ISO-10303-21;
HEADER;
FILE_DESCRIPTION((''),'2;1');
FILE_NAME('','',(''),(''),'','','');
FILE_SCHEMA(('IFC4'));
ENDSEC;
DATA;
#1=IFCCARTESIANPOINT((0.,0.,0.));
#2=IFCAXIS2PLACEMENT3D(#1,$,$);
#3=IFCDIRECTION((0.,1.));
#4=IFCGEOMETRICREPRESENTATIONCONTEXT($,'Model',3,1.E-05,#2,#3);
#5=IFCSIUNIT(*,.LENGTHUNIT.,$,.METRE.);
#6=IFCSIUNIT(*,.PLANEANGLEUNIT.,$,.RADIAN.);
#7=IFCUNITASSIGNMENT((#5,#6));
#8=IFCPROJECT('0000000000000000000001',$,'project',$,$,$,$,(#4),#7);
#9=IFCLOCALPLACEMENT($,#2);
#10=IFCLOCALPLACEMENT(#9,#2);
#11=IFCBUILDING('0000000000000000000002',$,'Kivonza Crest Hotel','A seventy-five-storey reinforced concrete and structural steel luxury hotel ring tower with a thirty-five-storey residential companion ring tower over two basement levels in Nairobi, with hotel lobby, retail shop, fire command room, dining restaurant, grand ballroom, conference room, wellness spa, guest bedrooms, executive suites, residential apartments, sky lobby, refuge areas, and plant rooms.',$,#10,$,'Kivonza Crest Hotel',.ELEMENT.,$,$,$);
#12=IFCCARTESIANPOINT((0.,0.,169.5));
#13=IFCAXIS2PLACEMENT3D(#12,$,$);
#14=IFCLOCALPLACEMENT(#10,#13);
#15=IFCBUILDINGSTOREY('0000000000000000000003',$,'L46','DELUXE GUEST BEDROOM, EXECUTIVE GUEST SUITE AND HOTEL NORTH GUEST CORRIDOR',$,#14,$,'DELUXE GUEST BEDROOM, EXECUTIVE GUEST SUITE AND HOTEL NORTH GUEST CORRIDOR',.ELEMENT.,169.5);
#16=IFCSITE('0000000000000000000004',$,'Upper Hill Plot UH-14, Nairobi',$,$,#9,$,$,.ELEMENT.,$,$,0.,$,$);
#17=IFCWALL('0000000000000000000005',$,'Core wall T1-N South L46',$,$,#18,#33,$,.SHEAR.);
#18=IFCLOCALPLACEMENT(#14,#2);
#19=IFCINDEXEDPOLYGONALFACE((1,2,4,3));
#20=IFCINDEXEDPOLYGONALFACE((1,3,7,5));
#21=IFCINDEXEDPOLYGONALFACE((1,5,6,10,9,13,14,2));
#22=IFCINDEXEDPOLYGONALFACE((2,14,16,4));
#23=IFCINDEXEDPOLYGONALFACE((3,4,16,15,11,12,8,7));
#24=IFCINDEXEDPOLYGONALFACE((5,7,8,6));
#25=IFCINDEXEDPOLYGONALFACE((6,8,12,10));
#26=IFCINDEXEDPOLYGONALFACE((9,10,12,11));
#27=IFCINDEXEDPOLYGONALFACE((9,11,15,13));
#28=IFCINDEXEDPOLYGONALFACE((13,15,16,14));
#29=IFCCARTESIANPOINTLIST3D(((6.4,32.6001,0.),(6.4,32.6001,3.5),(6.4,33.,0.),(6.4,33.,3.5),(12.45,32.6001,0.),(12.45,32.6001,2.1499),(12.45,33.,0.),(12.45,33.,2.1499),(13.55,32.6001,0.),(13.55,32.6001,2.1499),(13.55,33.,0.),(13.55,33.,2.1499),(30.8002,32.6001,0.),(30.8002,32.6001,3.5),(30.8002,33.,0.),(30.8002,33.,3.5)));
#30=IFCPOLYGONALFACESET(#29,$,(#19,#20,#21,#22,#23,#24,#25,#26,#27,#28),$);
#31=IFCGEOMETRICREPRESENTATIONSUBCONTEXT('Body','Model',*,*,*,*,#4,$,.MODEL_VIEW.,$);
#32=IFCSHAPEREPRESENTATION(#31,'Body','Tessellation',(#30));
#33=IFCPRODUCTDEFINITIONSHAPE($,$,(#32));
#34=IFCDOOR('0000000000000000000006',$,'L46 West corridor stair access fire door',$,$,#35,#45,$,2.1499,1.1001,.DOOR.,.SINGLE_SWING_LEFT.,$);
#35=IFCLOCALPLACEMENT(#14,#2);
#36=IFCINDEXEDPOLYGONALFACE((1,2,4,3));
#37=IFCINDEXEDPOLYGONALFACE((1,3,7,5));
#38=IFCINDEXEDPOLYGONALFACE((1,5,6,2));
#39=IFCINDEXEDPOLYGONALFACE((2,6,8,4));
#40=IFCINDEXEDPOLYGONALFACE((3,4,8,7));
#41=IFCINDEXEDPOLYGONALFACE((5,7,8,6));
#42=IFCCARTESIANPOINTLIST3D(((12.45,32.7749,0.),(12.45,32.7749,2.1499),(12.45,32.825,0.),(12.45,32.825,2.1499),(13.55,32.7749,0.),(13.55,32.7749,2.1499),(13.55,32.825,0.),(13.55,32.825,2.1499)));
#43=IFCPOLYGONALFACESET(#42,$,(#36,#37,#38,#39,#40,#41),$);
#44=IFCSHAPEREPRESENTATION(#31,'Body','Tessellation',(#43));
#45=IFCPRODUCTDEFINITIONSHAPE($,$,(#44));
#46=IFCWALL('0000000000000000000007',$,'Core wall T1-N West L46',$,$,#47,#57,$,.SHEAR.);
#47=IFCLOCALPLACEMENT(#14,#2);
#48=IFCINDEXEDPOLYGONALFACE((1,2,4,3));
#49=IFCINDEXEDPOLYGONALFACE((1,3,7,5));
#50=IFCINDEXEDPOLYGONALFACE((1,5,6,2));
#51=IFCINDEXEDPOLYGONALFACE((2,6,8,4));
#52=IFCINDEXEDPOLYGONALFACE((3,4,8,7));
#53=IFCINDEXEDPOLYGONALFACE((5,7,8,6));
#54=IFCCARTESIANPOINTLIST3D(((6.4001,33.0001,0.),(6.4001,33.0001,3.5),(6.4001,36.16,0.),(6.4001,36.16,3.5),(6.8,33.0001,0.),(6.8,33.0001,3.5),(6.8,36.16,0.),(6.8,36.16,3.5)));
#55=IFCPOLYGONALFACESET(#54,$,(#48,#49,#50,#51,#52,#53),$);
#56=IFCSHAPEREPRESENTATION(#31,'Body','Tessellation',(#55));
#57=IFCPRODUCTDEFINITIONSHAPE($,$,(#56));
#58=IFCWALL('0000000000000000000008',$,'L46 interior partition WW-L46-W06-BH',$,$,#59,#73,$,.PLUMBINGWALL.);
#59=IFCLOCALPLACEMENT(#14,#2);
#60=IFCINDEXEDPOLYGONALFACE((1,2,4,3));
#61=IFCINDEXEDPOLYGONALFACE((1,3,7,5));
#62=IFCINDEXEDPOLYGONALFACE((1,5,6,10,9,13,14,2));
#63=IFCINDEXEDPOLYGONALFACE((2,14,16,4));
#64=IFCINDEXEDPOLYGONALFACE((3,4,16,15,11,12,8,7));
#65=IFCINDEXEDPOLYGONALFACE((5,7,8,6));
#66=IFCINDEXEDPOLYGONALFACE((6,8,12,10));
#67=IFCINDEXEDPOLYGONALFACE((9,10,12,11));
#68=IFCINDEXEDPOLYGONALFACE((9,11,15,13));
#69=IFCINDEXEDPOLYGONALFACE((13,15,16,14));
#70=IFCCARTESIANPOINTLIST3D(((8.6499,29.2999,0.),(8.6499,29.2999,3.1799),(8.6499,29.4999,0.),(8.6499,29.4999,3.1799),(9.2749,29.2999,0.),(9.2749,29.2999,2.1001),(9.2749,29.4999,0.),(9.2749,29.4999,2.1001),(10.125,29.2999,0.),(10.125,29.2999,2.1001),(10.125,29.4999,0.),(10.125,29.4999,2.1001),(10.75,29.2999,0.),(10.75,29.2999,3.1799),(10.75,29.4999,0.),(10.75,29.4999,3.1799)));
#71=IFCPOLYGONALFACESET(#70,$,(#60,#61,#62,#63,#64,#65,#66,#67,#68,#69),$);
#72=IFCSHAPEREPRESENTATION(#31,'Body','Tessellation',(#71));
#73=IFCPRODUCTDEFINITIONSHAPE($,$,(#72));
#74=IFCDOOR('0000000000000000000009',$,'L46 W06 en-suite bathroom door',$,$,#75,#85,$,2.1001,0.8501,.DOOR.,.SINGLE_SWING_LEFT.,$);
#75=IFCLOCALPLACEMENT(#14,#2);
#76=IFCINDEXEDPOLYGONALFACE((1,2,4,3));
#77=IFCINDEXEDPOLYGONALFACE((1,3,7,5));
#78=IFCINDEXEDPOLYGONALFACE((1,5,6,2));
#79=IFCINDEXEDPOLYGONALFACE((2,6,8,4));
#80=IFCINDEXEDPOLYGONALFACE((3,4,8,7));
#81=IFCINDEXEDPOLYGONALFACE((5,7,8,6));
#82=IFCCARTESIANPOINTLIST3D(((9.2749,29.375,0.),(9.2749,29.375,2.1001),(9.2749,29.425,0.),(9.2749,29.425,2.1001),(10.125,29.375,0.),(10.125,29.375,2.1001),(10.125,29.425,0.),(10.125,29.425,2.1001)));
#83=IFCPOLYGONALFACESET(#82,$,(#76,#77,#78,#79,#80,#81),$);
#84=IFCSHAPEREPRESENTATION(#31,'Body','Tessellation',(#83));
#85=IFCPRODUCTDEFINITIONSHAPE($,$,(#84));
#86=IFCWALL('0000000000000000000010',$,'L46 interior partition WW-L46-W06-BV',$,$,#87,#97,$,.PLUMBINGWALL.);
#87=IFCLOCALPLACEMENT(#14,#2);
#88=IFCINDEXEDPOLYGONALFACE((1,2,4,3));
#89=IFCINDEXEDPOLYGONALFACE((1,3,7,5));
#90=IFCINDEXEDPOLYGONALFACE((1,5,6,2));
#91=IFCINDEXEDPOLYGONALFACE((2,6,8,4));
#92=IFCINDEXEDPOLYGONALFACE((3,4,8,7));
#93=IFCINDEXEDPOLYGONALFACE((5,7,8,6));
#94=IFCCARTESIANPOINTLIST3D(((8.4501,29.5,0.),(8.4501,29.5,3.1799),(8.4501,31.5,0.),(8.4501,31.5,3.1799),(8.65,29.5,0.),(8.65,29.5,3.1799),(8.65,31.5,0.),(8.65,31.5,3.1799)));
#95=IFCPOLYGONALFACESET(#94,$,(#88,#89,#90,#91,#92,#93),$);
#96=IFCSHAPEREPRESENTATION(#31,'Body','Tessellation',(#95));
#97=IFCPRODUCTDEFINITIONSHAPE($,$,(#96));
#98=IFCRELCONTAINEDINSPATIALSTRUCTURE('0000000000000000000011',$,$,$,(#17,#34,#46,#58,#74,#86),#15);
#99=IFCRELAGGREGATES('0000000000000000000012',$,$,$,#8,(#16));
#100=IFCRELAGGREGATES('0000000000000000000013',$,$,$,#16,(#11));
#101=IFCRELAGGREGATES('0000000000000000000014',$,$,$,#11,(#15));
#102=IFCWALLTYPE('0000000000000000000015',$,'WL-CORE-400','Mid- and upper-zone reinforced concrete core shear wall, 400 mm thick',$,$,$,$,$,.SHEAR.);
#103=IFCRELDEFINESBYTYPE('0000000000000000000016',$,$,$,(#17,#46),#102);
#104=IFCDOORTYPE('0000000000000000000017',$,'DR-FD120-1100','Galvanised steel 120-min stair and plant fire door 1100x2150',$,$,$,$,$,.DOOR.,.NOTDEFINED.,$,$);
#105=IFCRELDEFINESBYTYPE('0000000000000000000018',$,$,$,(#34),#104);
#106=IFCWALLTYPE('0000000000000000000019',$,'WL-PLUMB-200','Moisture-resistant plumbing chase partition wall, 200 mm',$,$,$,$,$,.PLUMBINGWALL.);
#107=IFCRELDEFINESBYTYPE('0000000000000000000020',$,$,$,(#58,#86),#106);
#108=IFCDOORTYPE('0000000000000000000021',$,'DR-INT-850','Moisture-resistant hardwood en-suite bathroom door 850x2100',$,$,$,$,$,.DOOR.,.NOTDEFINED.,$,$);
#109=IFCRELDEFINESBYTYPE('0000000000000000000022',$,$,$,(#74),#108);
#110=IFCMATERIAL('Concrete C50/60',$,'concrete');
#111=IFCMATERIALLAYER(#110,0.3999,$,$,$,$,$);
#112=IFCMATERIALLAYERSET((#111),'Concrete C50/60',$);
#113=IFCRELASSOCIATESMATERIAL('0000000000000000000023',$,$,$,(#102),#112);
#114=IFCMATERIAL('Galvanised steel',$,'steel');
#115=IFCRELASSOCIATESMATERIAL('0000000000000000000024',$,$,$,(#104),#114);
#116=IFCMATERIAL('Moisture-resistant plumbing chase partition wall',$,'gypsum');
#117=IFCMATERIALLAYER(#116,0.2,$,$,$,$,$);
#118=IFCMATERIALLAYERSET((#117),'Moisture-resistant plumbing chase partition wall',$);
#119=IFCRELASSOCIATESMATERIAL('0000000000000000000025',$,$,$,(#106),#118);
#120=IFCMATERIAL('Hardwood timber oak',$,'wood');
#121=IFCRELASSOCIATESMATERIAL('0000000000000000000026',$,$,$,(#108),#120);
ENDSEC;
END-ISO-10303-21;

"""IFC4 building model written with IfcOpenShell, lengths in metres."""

from ifc_helpers import new_model, si_unit, direction, frame, frame_2d, origin, place, context, subcontext, project, spatial, rectangle, extrude, material, layer, layer_set, type_object, element, fill, save


model = new_model("IFC4")

# Units and contexts
model_context = context("Model", 3, precision=1e-05, world=origin(), true_north=direction((0.0, 1.0)))
body_context = subcontext(model_context, "Body", "Model", "MODEL_VIEW")
ifc_project = project(units=[si_unit("LENGTHUNIT", "METRE"), si_unit("PLANEANGLEUNIT", "RADIAN")], contexts=[model_context])

# Site, building, storey
site_placement = place(None, origin())
site = spatial("IfcSite", under=ifc_project, at=site_placement, Name="Upper Hill Plot UH-14, Nairobi", CompositionType="ELEMENT", RefElevation=0.0)
building_placement = place(site_placement, origin())
building = spatial("IfcBuilding", under=site, at=building_placement, Name="Kivonza Crest Hotel", Description="A seventy-five-storey reinforced concrete and structural steel luxury hotel ring tower with a thirty-five-storey residential companion ring tower over two basement levels in Nairobi, with hotel lobby, retail shop, fire command room, dining restaurant, grand ballroom, conference room, wellness spa, guest bedrooms, executive suites, residential apartments, sky lobby, refuge areas, and plant rooms.", LongName="Kivonza Crest Hotel", CompositionType="ELEMENT")
storey_placement = place(building_placement, frame((0.0, 0.0, 169.5)))
storey = spatial("IfcBuildingStorey", under=building, at=storey_placement, Name="L46", Description="DELUXE GUEST BEDROOM, EXECUTIVE GUEST SUITE AND HOTEL NORTH GUEST CORRIDOR", LongName="DELUXE GUEST BEDROOM, EXECUTIVE GUEST SUITE AND HOTEL NORTH GUEST CORRIDOR", CompositionType="ELEMENT", Elevation=169.5)

# Shared definitions
ifc_material_1 = material(Name="Concrete C50/60", Category="concrete")

# Wall, opening, door
ifc_layer_1 = layer(ifc_material_1, 0.3999)
ifc_layer_set_1 = layer_set([ifc_layer_1], Name="Concrete C50/60")
wall_type_1 = type_object("IfcWallType", Name="WL-CORE-400", Description="Mid- and upper-zone reinforced concrete core shear wall, 400 mm thick", PredefinedType="SHEAR", material=ifc_layer_set_1)
wall_1_placement = place(storey_placement, frame((6.3999, 32.8, 0.0), z_axis=(0.0, 0.0, 1.0), x_axis=(1.0, 0.0, 0.0)))
wall_1 = element("IfcWall", 1, at=wall_1_placement, inside=storey, type_object=wall_type_1, Name="Core wall T1-N South L46", PredefinedType="SHEAR", context=body_context, shape_type="SweptSolid", body=[
    extrude(rectangle(XDim=24.4001, YDim=0.3999, at=frame_2d((12.2002, 0.0))), origin(), (0.0, 0.0, 1.0), 3.5),
])
opening_1_placement = place(wall_1_placement, frame((6.05, 0.0, 0.0)))
opening_1 = element("IfcOpeningElement", 2, at=opening_1_placement, cuts=wall_1, PredefinedType="OPENING", context=body_context, shape_type="SweptSolid", body=[
    extrude(rectangle(XDim=1.1001, YDim=2.1499, at=frame_2d((0.55, 1.075))), frame((0.0, 0.21, 0.0), z_axis=(0.0, -1.0, 0.0), x_axis=(1.0, 0.0, 0.0)), (0.0, 0.0, 1.0), 0.4199),
])
ifc_material_2 = material(Name="Galvanised steel", Category="steel")
door_type_1 = type_object("IfcDoorType", Name="DR-FD120-1100", Description="Galvanised steel 120-min stair and plant fire door 1100x2150", OperationType="NOTDEFINED", PredefinedType="DOOR", material=ifc_material_2)
door_1_placement = place(opening_1_placement, origin())
door_1 = element("IfcDoor", 3, at=door_1_placement, inside=storey, type_object=door_type_1, Name="L46 West corridor stair access fire door", OperationType="SINGLE_SWING_LEFT", OverallHeight=2.1499, OverallWidth=1.1001, PredefinedType="DOOR", context=body_context, shape_type="SweptSolid", body=[
    extrude(rectangle(XDim=1.1001, YDim=2.1499, at=frame_2d((0.55, 1.075))), frame((0.0, 0.0249, 0.0), z_axis=(0.0, -1.0, 0.0), x_axis=(1.0, 0.0, 0.0)), (0.0, 0.0, 1.0), 0.05),
])
fill(opening_1, door_1)

# Wall
wall_2_placement = place(storey_placement, frame((6.6001, 33.0, 0.0), z_axis=(0.0, 0.0, 1.0), x_axis=(0.0, 1.0, 0.0)))
element("IfcWall", 4, at=wall_2_placement, inside=storey, type_object=wall_type_1, Name="Core wall T1-N West L46", PredefinedType="SHEAR", context=body_context, shape_type="SweptSolid", body=[
    extrude(rectangle(XDim=3.1599, YDim=0.3999, at=frame_2d((1.5801, 0.0))), origin(), (0.0, 0.0, 1.0), 3.5),
])

# Wall, opening, door
ifc_material_3 = material(Name="Moisture-resistant plumbing chase partition wall", Category="gypsum")
ifc_layer_2 = layer(ifc_material_3, 0.2)
ifc_layer_set_2 = layer_set([ifc_layer_2], Name="Moisture-resistant plumbing chase partition wall")
wall_type_2 = type_object("IfcWallType", Name="WL-PLUMB-200", Description="Moisture-resistant plumbing chase partition wall, 200 mm", PredefinedType="PLUMBINGWALL", material=ifc_layer_set_2)
wall_3_placement = place(storey_placement, frame((8.6499, 29.3999, 0.0), z_axis=(0.0, 0.0, 1.0), x_axis=(1.0, 0.0, 0.0)))
wall_3 = element("IfcWall", 5, at=wall_3_placement, inside=storey, type_object=wall_type_2, Name="L46 interior partition WW-L46-W06-BH", PredefinedType="PLUMBINGWALL", context=body_context, shape_type="SweptSolid", body=[
    extrude(rectangle(XDim=2.1001, YDim=0.2, at=frame_2d((1.05, 0.0))), origin(), (0.0, 0.0, 1.0), 3.1799),
])
opening_2_placement = place(wall_3_placement, frame((0.625, 0.0, 0.0)))
opening_2 = element("IfcOpeningElement", 6, at=opening_2_placement, cuts=wall_3, PredefinedType="OPENING", context=body_context, shape_type="SweptSolid", body=[
    extrude(rectangle(XDim=0.8501, YDim=2.1001, at=frame_2d((0.425, 1.05))), frame((0.0, 0.1099, 0.0), z_axis=(0.0, -1.0, 0.0), x_axis=(1.0, 0.0, 0.0)), (0.0, 0.0, 1.0), 0.22),
])
ifc_material_4 = material(Name="Hardwood timber oak", Category="wood")
door_type_2 = type_object("IfcDoorType", Name="DR-INT-850", Description="Moisture-resistant hardwood en-suite bathroom door 850x2100", OperationType="NOTDEFINED", PredefinedType="DOOR", material=ifc_material_4)
door_2_placement = place(opening_2_placement, frame((0.8501, 0.0, 0.0), z_axis=(0.0, 0.0, 1.0), x_axis=(-1.0, 0.0, 0.0)))
door_2 = element("IfcDoor", 7, at=door_2_placement, inside=storey, type_object=door_type_2, Name="L46 W06 en-suite bathroom door", OperationType="SINGLE_SWING_LEFT", OverallHeight=2.1001, OverallWidth=0.8501, PredefinedType="DOOR", context=body_context, shape_type="SweptSolid", body=[
    extrude(rectangle(XDim=0.8501, YDim=2.1001, at=frame_2d((0.425, 1.05))), frame((0.0, 0.0249, 0.0), z_axis=(0.0, -1.0, 0.0), x_axis=(1.0, 0.0, 0.0)), (0.0, 0.0, 1.0), 0.05),
])
fill(opening_2, door_2)

# Wall
wall_4_placement = place(storey_placement, frame((8.55, 29.5, 0.0), z_axis=(0.0, 0.0, 1.0), x_axis=(0.0, 1.0, 0.0)))
element("IfcWall", 8, at=wall_4_placement, inside=storey, type_object=wall_type_2, Name="L46 interior partition WW-L46-W06-BV", PredefinedType="PLUMBINGWALL", context=body_context, shape_type="SweptSolid", body=[
    extrude(rectangle(XDim=2.0, YDim=0.2, at=frame_2d((1.0, 0.0))), origin(), (0.0, 0.0, 1.0), 3.1799),
])

save(model, "model.ifc")
